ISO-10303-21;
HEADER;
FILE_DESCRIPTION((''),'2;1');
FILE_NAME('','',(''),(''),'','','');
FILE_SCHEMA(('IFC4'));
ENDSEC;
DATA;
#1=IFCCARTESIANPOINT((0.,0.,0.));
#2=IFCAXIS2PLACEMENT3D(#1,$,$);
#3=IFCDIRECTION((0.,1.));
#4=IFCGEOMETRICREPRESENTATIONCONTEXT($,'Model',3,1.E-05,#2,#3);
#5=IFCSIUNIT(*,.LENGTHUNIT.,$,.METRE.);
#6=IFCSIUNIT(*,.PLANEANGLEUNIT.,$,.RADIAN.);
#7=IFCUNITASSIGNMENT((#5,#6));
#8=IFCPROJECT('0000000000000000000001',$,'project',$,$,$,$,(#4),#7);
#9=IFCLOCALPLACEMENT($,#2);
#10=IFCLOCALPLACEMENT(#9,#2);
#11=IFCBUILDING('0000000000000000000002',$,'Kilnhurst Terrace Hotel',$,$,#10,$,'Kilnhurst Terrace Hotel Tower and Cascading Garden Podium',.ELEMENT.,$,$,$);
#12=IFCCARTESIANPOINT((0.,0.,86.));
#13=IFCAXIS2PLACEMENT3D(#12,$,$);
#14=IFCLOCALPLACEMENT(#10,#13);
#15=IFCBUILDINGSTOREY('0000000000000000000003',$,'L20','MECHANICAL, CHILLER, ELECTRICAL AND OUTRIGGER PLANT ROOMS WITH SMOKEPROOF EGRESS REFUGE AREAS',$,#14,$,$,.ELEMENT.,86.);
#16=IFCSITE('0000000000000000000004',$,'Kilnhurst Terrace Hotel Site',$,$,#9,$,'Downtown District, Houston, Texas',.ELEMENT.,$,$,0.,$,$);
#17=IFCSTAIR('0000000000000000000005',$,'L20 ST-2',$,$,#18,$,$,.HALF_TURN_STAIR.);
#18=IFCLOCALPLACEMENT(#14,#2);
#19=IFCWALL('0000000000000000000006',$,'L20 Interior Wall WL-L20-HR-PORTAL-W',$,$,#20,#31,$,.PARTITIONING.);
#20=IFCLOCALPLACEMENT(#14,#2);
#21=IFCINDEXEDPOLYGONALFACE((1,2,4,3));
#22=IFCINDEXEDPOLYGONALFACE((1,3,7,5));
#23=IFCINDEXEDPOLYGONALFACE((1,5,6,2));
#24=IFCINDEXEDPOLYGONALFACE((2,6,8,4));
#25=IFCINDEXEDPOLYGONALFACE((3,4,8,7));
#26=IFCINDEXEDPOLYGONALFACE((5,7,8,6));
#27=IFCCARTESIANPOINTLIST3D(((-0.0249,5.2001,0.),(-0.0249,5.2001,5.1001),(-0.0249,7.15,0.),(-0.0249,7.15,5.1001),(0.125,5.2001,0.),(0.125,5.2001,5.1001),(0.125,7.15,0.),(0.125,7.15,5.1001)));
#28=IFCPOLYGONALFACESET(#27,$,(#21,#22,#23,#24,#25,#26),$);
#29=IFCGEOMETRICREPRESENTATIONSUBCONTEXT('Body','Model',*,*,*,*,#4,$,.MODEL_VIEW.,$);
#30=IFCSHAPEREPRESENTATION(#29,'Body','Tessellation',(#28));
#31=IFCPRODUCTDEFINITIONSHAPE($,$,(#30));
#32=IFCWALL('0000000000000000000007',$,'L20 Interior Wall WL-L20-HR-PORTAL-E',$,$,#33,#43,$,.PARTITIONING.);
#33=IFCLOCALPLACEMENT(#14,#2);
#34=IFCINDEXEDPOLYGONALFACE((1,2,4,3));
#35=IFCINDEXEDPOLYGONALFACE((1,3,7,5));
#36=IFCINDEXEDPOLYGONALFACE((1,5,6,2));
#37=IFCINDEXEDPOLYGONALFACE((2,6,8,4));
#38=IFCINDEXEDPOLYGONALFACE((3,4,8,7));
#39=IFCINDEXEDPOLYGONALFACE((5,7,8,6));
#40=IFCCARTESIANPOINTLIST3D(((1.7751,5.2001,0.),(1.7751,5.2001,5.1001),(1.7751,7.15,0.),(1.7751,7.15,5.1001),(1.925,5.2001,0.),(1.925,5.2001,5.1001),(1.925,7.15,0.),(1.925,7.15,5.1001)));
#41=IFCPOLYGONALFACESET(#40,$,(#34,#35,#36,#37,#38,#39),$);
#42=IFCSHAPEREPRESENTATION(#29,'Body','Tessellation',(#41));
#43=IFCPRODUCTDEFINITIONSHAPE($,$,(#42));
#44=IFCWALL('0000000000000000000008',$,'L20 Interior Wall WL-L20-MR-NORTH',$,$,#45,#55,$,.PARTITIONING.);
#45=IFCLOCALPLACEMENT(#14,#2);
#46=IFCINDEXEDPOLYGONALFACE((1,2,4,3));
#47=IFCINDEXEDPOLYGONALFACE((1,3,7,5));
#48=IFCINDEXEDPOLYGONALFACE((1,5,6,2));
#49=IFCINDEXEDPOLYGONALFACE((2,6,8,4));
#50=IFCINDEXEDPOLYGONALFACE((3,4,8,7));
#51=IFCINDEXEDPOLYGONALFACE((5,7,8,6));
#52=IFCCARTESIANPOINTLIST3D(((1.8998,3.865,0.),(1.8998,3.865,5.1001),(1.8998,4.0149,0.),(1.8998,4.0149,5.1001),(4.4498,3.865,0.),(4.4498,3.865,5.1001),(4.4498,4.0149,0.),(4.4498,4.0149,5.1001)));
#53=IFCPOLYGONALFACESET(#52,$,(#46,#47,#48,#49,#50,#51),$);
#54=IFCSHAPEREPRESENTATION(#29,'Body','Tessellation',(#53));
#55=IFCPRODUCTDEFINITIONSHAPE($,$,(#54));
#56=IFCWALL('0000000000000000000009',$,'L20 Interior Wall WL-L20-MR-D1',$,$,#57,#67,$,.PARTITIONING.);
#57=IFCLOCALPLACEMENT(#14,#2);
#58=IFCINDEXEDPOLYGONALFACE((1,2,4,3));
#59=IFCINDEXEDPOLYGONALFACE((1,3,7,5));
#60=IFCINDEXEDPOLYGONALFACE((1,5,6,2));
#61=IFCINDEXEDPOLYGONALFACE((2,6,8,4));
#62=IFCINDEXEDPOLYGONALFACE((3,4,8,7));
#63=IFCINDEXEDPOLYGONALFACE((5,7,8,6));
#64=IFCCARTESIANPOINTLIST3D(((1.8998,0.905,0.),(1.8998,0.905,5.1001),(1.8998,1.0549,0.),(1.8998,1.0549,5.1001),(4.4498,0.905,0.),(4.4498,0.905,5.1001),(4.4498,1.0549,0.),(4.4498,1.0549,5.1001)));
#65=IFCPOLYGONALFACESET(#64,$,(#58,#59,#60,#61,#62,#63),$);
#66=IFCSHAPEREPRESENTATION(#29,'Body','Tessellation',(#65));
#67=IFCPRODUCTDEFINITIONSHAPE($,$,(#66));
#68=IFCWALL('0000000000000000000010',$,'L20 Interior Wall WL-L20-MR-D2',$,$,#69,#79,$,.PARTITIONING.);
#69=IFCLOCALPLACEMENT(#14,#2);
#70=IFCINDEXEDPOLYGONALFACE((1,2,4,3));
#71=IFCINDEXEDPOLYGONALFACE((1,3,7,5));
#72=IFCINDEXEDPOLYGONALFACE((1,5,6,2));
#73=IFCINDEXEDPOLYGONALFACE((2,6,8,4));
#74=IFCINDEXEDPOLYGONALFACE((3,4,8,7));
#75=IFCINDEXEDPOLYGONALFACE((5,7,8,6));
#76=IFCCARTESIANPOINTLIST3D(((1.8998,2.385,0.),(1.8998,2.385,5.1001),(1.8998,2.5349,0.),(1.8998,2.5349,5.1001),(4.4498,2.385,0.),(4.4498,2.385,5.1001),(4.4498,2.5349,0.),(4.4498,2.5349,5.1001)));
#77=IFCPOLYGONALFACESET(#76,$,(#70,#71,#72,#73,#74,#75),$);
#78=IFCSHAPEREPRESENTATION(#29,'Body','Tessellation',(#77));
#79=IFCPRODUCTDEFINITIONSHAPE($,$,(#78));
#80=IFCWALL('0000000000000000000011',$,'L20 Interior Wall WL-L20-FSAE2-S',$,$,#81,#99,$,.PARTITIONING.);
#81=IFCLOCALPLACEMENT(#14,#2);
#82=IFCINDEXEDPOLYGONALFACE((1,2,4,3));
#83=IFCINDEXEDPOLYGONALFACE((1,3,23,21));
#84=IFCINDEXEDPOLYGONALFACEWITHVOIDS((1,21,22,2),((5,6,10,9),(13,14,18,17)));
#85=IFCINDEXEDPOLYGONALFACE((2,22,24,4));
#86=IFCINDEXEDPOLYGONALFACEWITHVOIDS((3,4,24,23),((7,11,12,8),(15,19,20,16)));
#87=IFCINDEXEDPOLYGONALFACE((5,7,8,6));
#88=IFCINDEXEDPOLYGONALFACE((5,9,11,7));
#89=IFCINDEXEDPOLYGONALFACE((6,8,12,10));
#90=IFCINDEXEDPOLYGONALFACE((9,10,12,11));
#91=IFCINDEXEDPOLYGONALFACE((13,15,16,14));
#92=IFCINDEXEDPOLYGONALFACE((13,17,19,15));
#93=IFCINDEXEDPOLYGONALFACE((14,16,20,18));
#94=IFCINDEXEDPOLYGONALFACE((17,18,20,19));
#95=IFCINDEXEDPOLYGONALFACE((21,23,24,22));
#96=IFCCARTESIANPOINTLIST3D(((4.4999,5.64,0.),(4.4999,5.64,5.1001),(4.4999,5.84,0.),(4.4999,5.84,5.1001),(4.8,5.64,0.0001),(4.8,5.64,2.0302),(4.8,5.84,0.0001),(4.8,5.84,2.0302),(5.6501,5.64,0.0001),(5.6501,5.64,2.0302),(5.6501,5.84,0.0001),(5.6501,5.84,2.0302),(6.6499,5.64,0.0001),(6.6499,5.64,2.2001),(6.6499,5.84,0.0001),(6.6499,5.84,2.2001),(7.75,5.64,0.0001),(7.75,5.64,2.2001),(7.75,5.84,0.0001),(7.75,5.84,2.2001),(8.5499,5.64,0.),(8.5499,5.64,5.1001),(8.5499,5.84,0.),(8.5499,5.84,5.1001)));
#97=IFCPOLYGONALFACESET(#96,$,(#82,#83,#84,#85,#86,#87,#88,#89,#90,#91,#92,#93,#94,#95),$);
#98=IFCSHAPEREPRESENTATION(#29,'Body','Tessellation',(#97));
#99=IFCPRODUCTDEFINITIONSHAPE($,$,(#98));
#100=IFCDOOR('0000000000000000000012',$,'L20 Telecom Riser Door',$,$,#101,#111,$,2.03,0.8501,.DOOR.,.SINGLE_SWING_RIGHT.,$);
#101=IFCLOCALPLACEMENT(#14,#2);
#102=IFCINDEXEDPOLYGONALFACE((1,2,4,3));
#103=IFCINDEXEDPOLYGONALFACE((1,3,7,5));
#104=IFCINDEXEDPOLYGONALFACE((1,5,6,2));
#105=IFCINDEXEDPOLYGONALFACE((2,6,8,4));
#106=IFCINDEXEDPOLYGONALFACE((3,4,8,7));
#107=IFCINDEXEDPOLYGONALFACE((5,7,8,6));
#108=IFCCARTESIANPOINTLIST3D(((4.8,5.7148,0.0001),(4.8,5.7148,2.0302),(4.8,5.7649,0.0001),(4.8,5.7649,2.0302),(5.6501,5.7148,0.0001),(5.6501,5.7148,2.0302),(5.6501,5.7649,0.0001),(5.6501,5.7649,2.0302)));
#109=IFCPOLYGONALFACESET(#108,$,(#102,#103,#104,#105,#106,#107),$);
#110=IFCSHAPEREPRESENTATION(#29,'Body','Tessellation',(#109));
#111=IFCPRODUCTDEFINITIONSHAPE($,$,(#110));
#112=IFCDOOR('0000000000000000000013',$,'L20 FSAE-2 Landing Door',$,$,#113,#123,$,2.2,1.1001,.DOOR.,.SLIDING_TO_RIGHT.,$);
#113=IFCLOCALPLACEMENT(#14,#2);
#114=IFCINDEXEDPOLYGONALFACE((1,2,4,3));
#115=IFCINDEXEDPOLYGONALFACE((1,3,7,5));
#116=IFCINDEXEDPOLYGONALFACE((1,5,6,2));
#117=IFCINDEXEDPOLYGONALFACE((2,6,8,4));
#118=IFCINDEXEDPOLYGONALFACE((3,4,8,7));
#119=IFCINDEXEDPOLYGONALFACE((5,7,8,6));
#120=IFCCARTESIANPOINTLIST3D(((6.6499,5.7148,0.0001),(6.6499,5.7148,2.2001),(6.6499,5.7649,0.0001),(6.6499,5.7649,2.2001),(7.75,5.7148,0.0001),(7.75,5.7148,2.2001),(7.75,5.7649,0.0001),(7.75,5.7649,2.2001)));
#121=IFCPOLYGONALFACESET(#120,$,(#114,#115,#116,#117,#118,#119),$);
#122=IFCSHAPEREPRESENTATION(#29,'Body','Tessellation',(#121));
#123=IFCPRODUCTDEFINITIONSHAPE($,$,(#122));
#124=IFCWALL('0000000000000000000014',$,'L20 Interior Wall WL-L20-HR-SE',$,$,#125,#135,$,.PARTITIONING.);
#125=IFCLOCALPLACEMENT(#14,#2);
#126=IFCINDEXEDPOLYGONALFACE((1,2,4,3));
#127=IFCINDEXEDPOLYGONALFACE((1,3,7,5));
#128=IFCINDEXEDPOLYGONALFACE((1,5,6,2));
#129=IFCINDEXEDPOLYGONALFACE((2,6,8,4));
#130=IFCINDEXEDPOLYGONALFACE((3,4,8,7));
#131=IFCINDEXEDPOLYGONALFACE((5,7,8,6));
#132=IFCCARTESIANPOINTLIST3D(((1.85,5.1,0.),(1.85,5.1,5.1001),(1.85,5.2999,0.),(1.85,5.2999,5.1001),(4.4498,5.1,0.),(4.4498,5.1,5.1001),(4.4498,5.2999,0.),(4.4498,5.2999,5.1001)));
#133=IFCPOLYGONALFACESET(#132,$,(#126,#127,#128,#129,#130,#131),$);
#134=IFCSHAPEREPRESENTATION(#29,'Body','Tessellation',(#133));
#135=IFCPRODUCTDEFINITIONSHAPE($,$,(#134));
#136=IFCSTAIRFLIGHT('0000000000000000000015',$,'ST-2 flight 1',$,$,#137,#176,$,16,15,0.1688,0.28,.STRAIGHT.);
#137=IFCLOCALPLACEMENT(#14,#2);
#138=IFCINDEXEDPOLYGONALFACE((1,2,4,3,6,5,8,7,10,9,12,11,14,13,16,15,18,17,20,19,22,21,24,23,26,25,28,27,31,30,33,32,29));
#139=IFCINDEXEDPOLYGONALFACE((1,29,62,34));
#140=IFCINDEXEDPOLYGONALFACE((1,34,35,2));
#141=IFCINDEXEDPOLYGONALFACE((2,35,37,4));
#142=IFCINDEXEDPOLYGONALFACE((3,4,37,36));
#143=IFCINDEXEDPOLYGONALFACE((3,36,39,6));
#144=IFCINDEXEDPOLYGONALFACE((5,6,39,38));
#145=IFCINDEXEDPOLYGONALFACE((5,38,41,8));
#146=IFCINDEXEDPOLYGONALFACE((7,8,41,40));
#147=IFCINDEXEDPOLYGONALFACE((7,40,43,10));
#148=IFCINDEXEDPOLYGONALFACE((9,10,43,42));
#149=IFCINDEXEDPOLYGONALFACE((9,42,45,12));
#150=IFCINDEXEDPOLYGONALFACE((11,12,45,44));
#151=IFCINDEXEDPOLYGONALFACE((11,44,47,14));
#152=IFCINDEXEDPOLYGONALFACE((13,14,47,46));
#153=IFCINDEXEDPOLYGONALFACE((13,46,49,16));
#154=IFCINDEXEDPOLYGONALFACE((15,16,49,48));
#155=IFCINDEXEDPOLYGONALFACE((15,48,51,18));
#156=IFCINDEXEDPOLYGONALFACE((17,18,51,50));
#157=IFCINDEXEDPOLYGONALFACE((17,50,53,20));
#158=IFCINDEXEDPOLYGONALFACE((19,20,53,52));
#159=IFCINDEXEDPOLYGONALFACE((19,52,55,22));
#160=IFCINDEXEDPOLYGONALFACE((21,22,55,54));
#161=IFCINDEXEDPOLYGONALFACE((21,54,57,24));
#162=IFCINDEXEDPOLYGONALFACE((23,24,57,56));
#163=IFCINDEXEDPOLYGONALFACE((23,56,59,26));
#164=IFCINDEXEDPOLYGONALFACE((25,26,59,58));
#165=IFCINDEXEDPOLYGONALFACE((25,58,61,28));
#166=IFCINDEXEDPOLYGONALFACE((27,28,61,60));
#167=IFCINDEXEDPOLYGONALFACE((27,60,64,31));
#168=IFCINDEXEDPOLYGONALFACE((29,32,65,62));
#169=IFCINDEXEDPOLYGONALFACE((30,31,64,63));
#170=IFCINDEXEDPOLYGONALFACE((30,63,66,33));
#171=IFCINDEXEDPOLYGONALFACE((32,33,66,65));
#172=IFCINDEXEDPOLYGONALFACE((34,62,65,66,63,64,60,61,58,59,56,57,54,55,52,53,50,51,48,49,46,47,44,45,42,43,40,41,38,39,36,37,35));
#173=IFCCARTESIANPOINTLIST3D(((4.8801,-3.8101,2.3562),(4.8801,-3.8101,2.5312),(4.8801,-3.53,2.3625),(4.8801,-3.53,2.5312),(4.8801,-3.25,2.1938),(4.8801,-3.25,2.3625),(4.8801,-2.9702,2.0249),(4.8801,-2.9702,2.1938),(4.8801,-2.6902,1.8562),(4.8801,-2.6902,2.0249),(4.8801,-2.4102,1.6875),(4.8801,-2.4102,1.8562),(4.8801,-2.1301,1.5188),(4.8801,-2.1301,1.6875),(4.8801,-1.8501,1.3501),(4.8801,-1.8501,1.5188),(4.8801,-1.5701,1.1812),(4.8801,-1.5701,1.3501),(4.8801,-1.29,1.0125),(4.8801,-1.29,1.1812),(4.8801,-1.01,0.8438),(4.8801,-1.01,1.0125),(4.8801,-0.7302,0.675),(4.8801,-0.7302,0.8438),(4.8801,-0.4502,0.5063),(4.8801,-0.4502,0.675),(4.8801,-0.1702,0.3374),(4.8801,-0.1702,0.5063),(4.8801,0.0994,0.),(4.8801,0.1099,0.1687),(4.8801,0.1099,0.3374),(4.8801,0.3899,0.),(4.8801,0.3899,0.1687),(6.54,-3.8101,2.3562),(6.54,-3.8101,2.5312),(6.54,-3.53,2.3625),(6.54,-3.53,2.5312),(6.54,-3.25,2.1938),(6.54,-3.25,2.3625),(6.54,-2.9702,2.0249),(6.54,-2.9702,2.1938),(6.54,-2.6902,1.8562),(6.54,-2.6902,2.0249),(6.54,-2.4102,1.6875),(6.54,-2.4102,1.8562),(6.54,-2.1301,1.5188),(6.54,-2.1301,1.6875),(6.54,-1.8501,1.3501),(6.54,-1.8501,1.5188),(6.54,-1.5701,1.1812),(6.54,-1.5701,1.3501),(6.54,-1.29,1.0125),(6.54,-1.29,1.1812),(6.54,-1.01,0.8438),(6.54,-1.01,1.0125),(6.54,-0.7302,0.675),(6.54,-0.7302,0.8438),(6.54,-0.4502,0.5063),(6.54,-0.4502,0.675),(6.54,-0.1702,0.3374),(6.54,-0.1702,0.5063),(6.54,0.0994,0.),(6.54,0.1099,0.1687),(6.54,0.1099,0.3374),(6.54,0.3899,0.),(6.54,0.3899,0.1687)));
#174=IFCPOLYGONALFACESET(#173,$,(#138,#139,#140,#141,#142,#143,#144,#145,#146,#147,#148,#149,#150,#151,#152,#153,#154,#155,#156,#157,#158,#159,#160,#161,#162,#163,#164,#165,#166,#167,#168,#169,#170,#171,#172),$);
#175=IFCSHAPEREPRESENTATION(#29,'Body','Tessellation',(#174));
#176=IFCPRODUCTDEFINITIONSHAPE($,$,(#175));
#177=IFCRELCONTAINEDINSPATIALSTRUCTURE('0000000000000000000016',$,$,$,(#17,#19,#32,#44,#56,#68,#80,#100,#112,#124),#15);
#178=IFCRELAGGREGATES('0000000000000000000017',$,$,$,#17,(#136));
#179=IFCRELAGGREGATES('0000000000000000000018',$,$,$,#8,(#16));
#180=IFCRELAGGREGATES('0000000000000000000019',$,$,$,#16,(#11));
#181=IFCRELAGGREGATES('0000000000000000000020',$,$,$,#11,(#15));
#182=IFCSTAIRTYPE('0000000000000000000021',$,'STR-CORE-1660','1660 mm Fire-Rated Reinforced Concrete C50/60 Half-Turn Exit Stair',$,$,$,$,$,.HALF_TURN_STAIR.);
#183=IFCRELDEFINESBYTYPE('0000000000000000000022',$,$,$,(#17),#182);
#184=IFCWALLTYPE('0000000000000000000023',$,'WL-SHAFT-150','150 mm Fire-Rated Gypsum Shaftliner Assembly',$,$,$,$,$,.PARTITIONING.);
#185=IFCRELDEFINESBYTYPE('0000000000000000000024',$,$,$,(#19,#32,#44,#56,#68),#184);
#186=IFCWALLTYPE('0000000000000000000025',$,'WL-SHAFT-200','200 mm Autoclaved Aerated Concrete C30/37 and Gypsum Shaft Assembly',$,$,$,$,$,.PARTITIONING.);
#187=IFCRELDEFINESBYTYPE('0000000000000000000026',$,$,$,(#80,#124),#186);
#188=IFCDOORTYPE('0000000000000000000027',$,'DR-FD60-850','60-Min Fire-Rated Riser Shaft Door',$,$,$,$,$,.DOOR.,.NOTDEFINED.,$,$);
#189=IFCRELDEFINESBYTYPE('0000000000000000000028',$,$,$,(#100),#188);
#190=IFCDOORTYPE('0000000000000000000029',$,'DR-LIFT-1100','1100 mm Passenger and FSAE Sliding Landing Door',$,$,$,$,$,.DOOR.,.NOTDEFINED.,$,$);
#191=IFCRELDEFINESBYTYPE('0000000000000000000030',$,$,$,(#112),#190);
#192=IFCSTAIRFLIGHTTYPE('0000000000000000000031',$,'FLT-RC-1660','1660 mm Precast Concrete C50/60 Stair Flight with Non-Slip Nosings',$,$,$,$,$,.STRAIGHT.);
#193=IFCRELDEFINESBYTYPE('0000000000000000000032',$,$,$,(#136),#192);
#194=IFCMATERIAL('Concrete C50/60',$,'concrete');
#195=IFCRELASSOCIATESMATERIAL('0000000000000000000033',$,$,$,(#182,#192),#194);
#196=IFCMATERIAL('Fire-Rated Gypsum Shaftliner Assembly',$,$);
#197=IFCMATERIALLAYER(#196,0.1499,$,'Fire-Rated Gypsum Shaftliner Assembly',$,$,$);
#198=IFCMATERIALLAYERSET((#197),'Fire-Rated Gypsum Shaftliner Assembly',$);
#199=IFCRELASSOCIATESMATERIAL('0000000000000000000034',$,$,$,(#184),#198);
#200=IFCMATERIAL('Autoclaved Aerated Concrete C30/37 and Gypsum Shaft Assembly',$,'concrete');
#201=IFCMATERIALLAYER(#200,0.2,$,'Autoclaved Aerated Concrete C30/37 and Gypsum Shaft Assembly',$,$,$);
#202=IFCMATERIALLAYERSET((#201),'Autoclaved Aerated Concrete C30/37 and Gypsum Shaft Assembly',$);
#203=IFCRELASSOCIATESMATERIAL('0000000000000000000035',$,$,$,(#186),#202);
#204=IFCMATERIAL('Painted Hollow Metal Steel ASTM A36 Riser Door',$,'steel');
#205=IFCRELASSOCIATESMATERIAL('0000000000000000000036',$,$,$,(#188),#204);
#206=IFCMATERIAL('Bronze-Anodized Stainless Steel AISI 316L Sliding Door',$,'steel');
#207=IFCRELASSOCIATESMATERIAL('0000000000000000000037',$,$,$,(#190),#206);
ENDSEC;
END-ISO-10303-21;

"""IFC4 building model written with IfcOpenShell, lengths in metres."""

from ifc_helpers import new_model, si_unit, direction, frame, frame_2d, origin, place, context, subcontext, project, spatial, polyline, rectangle, outline, extrude, material, layer, layer_set, type_object, element, fill, aggregate, save


model = new_model("IFC4")

# Units and contexts
model_context = context("Model", 3, precision=1e-05, world=origin(), true_north=direction((0.0, 1.0)))
body_context = subcontext(model_context, "Body", "Model", "MODEL_VIEW")
ifc_project = project(units=[si_unit("LENGTHUNIT", "METRE"), si_unit("PLANEANGLEUNIT", "RADIAN")], contexts=[model_context])

# Site, building, storey
site_placement = place(None, origin())
site = spatial("IfcSite", under=ifc_project, at=site_placement, Name="Kilnhurst Terrace Hotel Site", LongName="Downtown District, Houston, Texas", CompositionType="ELEMENT", RefElevation=0.0)
building_placement = place(site_placement, origin())
building = spatial("IfcBuilding", under=site, at=building_placement, Name="Kilnhurst Terrace Hotel", LongName="Kilnhurst Terrace Hotel Tower and Cascading Garden Podium", CompositionType="ELEMENT")
storey_placement = place(building_placement, frame((0.0, 0.0, 86.0)))
storey = spatial("IfcBuildingStorey", under=building, at=storey_placement, Name="L20", Description="MECHANICAL, CHILLER, ELECTRICAL AND OUTRIGGER PLANT ROOMS WITH SMOKEPROOF EGRESS REFUGE AREAS", CompositionType="ELEMENT", Elevation=86.0)

# Shared definitions
ifc_material_1 = material(Name="Concrete C50/60", Category="concrete")

# Stair
stair_type = type_object("IfcStairType", Name="STR-CORE-1660", Description="1660 mm Fire-Rated Reinforced Concrete C50/60 Half-Turn Exit Stair", PredefinedType="HALF_TURN_STAIR", material=ifc_material_1)
stair_1_placement = place(storey_placement, origin())
stair_1 = element("IfcStair", 1, at=stair_1_placement, inside=storey, type_object=stair_type, Name="L20 ST-2", PredefinedType="HALF_TURN_STAIR")

# Walls
ifc_material_2 = material(Name="Fire-Rated Gypsum Shaftliner Assembly")
ifc_layer_1 = layer(ifc_material_2, 0.1499, Name="Fire-Rated Gypsum Shaftliner Assembly")
ifc_layer_set_1 = layer_set([ifc_layer_1], Name="Fire-Rated Gypsum Shaftliner Assembly")
wall_type_1 = type_object("IfcWallType", Name="WL-SHAFT-150", Description="150 mm Fire-Rated Gypsum Shaftliner Assembly", PredefinedType="PARTITIONING", material=ifc_layer_set_1)
for number, where, z_axis, x_axis, name in (
    (2, (0.05, 5.2, 0.0), (0.0, 0.0, 1.0), (0.0, 1.0, 0.0), "L20 Interior Wall WL-L20-HR-PORTAL-W"),
    (3, (1.8501, 5.2, 0.0), (0.0, 0.0, 1.0), (0.0, 1.0, 0.0), "L20 Interior Wall WL-L20-HR-PORTAL-E"),
):
    element("IfcWall", number, at=place(storey_placement, frame(where, z_axis=z_axis, x_axis=x_axis)), inside=storey, type_object=wall_type_1, Name=name, PredefinedType="PARTITIONING", context=body_context, shape_type="SweptSolid", body=[
        extrude(rectangle(XDim=1.95, YDim=0.1499, at=frame_2d((0.9751, 0.0))), origin(), (0.0, 0.0, 1.0), 5.1001),
    ])
for number, where, z_axis, x_axis, name in (
    (4, (1.8999, 3.9399, 0.0), (0.0, 0.0, 1.0), (1.0, 0.0, 0.0), "L20 Interior Wall WL-L20-MR-NORTH"),
    (5, (1.8999, 0.98, 0.0), (0.0, 0.0, 1.0), (1.0, 0.0, 0.0), "L20 Interior Wall WL-L20-MR-D1"),
    (6, (1.8999, 2.46, 0.0), (0.0, 0.0, 1.0), (1.0, 0.0, 0.0), "L20 Interior Wall WL-L20-MR-D2"),
):
    element("IfcWall", number, at=place(storey_placement, frame(where, z_axis=z_axis, x_axis=x_axis)), inside=storey, type_object=wall_type_1, Name=name, PredefinedType="PARTITIONING", context=body_context, shape_type="SweptSolid", body=[
        extrude(rectangle(XDim=2.55, YDim=0.1499, at=frame_2d((1.2749, 0.0))), origin(), (0.0, 0.0, 1.0), 5.1001),
    ])

# Wall, openings, doors
ifc_material_3 = material(Name="Autoclaved Aerated Concrete C30/37 and Gypsum Shaft Assembly", Category="concrete")
ifc_layer_2 = layer(ifc_material_3, 0.2, Name="Autoclaved Aerated Concrete C30/37 and Gypsum Shaft Assembly")
ifc_layer_set_2 = layer_set([ifc_layer_2], Name="Autoclaved Aerated Concrete C30/37 and Gypsum Shaft Assembly")
wall_type_2 = type_object("IfcWallType", Name="WL-SHAFT-200", Description="200 mm Autoclaved Aerated Concrete C30/37 and Gypsum Shaft Assembly", PredefinedType="PARTITIONING", material=ifc_layer_set_2)
wall_1_placement = place(storey_placement, frame((4.5, 5.74, 0.0), z_axis=(0.0, 0.0, 1.0), x_axis=(1.0, 0.0, 0.0)))
wall_1 = element("IfcWall", 7, at=wall_1_placement, inside=storey, type_object=wall_type_2, Name="L20 Interior Wall WL-L20-FSAE2-S", PredefinedType="PARTITIONING", context=body_context, shape_type="SweptSolid", body=[
    extrude(rectangle(XDim=4.05, YDim=0.2, at=frame_2d((2.0249, 0.0))), origin(), (0.0, 0.0, 1.0), 5.1001),
])
opening_1_placement = place(wall_1_placement, frame((0.3, 0.0, 0.0)))
opening_1 = element("IfcOpeningElement", 8, at=opening_1_placement, cuts=wall_1, PredefinedType="OPENING", context=body_context, shape_type="SweptSolid", body=[
    extrude(rectangle(XDim=0.8501, YDim=2.03, at=frame_2d((0.425, 1.0151))), frame((0.0, 0.1099, 0.0), z_axis=(0.0, -1.0, 0.0), x_axis=(1.0, 0.0, 0.0)), (0.0, 0.0, 1.0), 0.22),
])
opening_2_placement = place(wall_1_placement, frame((2.1499, 0.0, 0.0)))
opening_2 = element("IfcOpeningElement", 9, at=opening_2_placement, cuts=wall_1, PredefinedType="OPENING", context=body_context, shape_type="SweptSolid", body=[
    extrude(rectangle(XDim=1.1001, YDim=2.2, at=frame_2d((0.55, 1.1001))), frame((0.0, 0.1099, 0.0), z_axis=(0.0, -1.0, 0.0), x_axis=(1.0, 0.0, 0.0)), (0.0, 0.0, 1.0), 0.22),
])
ifc_material_4 = material(Name="Painted Hollow Metal Steel ASTM A36 Riser Door", Category="steel")
door_type_1 = type_object("IfcDoorType", Name="DR-FD60-850", Description="60-Min Fire-Rated Riser Shaft Door", OperationType="NOTDEFINED", PredefinedType="DOOR", material=ifc_material_4)
door_1_placement = place(opening_1_placement, origin())
door_1 = element("IfcDoor", 10, at=door_1_placement, inside=storey, type_object=door_type_1, Name="L20 Telecom Riser Door", OperationType="SINGLE_SWING_RIGHT", OverallHeight=2.03, OverallWidth=0.8501, PredefinedType="DOOR", context=body_context, shape_type="SweptSolid", body=[
    extrude(rectangle(XDim=0.8501, YDim=2.03, at=frame_2d((0.425, 1.0151))), frame((0.0, 0.0249, 0.0), z_axis=(0.0, -1.0, 0.0), x_axis=(1.0, 0.0, 0.0)), (0.0, 0.0, 1.0), 0.05),
])
fill(opening_1, door_1)
ifc_material_5 = material(Name="Bronze-Anodized Stainless Steel AISI 316L Sliding Door", Category="steel")
door_type_2 = type_object("IfcDoorType", Name="DR-LIFT-1100", Description="1100 mm Passenger and FSAE Sliding Landing Door", OperationType="NOTDEFINED", PredefinedType="DOOR", material=ifc_material_5)
door_2_placement = place(opening_2_placement, origin())
door_2 = element("IfcDoor", 11, at=door_2_placement, inside=storey, type_object=door_type_2, Name="L20 FSAE-2 Landing Door", OperationType="SLIDING_TO_RIGHT", OverallHeight=2.2, OverallWidth=1.1001, PredefinedType="DOOR", context=body_context, shape_type="SweptSolid", body=[
    extrude(rectangle(XDim=1.1001, YDim=2.2, at=frame_2d((0.55, 1.1001))), frame((0.0, 0.0249, 0.0), z_axis=(0.0, -1.0, 0.0), x_axis=(1.0, 0.0, 0.0)), (0.0, 0.0, 1.0), 0.05),
])
fill(opening_2, door_2)

# Wall
wall_2_placement = place(storey_placement, frame((1.8501, 5.2, 0.0), z_axis=(0.0, 0.0, 1.0), x_axis=(1.0, 0.0, 0.0)))
element("IfcWall", 12, at=wall_2_placement, inside=storey, type_object=wall_type_2, Name="L20 Interior Wall WL-L20-HR-SE", PredefinedType="PARTITIONING", context=body_context, shape_type="SweptSolid", body=[
    extrude(rectangle(XDim=2.5999, YDim=0.2, at=frame_2d((1.2998, 0.0))), origin(), (0.0, 0.0, 1.0), 5.1001),
])

# Stair flight
stair_flight_type = type_object("IfcStairFlightType", Name="FLT-RC-1660", Description="1660 mm Precast Concrete C50/60 Stair Flight with Non-Slip Nosings", PredefinedType="STRAIGHT", material=ifc_material_1)
stair_flight_placement = place(storey_placement, frame((5.71, 0.3899, 0.0), z_axis=(0.0, 0.0, 1.0), x_axis=(0.0, -1.0, 0.0)))
stair_flight = element("IfcStairFlight", 13, at=stair_flight_placement, type_object=stair_flight_type, Name="ST-2 flight 1", NumberOfRisers=16, NumberOfTreads=15, PredefinedType="STRAIGHT", RiserHeight=0.1688, TreadLength=0.28, context=body_context, shape_type="SweptSolid", body=[
    extrude(outline(polyline([(0.0, 0.0), (0.0, 0.1687), (0.28, 0.1687), (0.28, 0.3374), (0.5601, 0.3374), (0.5601, 0.5063), (0.8401, 0.5063), (0.8401, 0.675), (1.1201, 0.675), (1.1201, 0.8438), (1.3999, 0.8438), (1.3999, 1.0125), (1.6799, 1.0125), (1.6799, 1.1812), (1.96, 1.1812), (1.96, 1.3501), (2.24, 1.3501), (2.24, 1.5188), (2.52, 1.5188), (2.52, 1.6875), (2.8, 1.6875), (2.8, 1.8562), (3.0801, 1.8562), (3.0801, 2.0249), (3.3601, 2.0249), (3.3601, 2.1938), (3.6399, 2.1938), (3.6399, 2.3625), (3.9199, 2.3625), (3.9199, 2.5312), (4.2, 2.5312), (4.2, 2.7), (4.2, 2.3562), (0.2905, 0.0), (0.0, 0.0)])), frame((0.0, 0.8301, 0.0), z_axis=(0.0, -1.0, 0.0), x_axis=(1.0, 0.0, 0.0)), (0.0, 0.0, 1.0), 1.6599),
])
aggregate(stair_1, [stair_flight])

save(model, "model.ifc")
